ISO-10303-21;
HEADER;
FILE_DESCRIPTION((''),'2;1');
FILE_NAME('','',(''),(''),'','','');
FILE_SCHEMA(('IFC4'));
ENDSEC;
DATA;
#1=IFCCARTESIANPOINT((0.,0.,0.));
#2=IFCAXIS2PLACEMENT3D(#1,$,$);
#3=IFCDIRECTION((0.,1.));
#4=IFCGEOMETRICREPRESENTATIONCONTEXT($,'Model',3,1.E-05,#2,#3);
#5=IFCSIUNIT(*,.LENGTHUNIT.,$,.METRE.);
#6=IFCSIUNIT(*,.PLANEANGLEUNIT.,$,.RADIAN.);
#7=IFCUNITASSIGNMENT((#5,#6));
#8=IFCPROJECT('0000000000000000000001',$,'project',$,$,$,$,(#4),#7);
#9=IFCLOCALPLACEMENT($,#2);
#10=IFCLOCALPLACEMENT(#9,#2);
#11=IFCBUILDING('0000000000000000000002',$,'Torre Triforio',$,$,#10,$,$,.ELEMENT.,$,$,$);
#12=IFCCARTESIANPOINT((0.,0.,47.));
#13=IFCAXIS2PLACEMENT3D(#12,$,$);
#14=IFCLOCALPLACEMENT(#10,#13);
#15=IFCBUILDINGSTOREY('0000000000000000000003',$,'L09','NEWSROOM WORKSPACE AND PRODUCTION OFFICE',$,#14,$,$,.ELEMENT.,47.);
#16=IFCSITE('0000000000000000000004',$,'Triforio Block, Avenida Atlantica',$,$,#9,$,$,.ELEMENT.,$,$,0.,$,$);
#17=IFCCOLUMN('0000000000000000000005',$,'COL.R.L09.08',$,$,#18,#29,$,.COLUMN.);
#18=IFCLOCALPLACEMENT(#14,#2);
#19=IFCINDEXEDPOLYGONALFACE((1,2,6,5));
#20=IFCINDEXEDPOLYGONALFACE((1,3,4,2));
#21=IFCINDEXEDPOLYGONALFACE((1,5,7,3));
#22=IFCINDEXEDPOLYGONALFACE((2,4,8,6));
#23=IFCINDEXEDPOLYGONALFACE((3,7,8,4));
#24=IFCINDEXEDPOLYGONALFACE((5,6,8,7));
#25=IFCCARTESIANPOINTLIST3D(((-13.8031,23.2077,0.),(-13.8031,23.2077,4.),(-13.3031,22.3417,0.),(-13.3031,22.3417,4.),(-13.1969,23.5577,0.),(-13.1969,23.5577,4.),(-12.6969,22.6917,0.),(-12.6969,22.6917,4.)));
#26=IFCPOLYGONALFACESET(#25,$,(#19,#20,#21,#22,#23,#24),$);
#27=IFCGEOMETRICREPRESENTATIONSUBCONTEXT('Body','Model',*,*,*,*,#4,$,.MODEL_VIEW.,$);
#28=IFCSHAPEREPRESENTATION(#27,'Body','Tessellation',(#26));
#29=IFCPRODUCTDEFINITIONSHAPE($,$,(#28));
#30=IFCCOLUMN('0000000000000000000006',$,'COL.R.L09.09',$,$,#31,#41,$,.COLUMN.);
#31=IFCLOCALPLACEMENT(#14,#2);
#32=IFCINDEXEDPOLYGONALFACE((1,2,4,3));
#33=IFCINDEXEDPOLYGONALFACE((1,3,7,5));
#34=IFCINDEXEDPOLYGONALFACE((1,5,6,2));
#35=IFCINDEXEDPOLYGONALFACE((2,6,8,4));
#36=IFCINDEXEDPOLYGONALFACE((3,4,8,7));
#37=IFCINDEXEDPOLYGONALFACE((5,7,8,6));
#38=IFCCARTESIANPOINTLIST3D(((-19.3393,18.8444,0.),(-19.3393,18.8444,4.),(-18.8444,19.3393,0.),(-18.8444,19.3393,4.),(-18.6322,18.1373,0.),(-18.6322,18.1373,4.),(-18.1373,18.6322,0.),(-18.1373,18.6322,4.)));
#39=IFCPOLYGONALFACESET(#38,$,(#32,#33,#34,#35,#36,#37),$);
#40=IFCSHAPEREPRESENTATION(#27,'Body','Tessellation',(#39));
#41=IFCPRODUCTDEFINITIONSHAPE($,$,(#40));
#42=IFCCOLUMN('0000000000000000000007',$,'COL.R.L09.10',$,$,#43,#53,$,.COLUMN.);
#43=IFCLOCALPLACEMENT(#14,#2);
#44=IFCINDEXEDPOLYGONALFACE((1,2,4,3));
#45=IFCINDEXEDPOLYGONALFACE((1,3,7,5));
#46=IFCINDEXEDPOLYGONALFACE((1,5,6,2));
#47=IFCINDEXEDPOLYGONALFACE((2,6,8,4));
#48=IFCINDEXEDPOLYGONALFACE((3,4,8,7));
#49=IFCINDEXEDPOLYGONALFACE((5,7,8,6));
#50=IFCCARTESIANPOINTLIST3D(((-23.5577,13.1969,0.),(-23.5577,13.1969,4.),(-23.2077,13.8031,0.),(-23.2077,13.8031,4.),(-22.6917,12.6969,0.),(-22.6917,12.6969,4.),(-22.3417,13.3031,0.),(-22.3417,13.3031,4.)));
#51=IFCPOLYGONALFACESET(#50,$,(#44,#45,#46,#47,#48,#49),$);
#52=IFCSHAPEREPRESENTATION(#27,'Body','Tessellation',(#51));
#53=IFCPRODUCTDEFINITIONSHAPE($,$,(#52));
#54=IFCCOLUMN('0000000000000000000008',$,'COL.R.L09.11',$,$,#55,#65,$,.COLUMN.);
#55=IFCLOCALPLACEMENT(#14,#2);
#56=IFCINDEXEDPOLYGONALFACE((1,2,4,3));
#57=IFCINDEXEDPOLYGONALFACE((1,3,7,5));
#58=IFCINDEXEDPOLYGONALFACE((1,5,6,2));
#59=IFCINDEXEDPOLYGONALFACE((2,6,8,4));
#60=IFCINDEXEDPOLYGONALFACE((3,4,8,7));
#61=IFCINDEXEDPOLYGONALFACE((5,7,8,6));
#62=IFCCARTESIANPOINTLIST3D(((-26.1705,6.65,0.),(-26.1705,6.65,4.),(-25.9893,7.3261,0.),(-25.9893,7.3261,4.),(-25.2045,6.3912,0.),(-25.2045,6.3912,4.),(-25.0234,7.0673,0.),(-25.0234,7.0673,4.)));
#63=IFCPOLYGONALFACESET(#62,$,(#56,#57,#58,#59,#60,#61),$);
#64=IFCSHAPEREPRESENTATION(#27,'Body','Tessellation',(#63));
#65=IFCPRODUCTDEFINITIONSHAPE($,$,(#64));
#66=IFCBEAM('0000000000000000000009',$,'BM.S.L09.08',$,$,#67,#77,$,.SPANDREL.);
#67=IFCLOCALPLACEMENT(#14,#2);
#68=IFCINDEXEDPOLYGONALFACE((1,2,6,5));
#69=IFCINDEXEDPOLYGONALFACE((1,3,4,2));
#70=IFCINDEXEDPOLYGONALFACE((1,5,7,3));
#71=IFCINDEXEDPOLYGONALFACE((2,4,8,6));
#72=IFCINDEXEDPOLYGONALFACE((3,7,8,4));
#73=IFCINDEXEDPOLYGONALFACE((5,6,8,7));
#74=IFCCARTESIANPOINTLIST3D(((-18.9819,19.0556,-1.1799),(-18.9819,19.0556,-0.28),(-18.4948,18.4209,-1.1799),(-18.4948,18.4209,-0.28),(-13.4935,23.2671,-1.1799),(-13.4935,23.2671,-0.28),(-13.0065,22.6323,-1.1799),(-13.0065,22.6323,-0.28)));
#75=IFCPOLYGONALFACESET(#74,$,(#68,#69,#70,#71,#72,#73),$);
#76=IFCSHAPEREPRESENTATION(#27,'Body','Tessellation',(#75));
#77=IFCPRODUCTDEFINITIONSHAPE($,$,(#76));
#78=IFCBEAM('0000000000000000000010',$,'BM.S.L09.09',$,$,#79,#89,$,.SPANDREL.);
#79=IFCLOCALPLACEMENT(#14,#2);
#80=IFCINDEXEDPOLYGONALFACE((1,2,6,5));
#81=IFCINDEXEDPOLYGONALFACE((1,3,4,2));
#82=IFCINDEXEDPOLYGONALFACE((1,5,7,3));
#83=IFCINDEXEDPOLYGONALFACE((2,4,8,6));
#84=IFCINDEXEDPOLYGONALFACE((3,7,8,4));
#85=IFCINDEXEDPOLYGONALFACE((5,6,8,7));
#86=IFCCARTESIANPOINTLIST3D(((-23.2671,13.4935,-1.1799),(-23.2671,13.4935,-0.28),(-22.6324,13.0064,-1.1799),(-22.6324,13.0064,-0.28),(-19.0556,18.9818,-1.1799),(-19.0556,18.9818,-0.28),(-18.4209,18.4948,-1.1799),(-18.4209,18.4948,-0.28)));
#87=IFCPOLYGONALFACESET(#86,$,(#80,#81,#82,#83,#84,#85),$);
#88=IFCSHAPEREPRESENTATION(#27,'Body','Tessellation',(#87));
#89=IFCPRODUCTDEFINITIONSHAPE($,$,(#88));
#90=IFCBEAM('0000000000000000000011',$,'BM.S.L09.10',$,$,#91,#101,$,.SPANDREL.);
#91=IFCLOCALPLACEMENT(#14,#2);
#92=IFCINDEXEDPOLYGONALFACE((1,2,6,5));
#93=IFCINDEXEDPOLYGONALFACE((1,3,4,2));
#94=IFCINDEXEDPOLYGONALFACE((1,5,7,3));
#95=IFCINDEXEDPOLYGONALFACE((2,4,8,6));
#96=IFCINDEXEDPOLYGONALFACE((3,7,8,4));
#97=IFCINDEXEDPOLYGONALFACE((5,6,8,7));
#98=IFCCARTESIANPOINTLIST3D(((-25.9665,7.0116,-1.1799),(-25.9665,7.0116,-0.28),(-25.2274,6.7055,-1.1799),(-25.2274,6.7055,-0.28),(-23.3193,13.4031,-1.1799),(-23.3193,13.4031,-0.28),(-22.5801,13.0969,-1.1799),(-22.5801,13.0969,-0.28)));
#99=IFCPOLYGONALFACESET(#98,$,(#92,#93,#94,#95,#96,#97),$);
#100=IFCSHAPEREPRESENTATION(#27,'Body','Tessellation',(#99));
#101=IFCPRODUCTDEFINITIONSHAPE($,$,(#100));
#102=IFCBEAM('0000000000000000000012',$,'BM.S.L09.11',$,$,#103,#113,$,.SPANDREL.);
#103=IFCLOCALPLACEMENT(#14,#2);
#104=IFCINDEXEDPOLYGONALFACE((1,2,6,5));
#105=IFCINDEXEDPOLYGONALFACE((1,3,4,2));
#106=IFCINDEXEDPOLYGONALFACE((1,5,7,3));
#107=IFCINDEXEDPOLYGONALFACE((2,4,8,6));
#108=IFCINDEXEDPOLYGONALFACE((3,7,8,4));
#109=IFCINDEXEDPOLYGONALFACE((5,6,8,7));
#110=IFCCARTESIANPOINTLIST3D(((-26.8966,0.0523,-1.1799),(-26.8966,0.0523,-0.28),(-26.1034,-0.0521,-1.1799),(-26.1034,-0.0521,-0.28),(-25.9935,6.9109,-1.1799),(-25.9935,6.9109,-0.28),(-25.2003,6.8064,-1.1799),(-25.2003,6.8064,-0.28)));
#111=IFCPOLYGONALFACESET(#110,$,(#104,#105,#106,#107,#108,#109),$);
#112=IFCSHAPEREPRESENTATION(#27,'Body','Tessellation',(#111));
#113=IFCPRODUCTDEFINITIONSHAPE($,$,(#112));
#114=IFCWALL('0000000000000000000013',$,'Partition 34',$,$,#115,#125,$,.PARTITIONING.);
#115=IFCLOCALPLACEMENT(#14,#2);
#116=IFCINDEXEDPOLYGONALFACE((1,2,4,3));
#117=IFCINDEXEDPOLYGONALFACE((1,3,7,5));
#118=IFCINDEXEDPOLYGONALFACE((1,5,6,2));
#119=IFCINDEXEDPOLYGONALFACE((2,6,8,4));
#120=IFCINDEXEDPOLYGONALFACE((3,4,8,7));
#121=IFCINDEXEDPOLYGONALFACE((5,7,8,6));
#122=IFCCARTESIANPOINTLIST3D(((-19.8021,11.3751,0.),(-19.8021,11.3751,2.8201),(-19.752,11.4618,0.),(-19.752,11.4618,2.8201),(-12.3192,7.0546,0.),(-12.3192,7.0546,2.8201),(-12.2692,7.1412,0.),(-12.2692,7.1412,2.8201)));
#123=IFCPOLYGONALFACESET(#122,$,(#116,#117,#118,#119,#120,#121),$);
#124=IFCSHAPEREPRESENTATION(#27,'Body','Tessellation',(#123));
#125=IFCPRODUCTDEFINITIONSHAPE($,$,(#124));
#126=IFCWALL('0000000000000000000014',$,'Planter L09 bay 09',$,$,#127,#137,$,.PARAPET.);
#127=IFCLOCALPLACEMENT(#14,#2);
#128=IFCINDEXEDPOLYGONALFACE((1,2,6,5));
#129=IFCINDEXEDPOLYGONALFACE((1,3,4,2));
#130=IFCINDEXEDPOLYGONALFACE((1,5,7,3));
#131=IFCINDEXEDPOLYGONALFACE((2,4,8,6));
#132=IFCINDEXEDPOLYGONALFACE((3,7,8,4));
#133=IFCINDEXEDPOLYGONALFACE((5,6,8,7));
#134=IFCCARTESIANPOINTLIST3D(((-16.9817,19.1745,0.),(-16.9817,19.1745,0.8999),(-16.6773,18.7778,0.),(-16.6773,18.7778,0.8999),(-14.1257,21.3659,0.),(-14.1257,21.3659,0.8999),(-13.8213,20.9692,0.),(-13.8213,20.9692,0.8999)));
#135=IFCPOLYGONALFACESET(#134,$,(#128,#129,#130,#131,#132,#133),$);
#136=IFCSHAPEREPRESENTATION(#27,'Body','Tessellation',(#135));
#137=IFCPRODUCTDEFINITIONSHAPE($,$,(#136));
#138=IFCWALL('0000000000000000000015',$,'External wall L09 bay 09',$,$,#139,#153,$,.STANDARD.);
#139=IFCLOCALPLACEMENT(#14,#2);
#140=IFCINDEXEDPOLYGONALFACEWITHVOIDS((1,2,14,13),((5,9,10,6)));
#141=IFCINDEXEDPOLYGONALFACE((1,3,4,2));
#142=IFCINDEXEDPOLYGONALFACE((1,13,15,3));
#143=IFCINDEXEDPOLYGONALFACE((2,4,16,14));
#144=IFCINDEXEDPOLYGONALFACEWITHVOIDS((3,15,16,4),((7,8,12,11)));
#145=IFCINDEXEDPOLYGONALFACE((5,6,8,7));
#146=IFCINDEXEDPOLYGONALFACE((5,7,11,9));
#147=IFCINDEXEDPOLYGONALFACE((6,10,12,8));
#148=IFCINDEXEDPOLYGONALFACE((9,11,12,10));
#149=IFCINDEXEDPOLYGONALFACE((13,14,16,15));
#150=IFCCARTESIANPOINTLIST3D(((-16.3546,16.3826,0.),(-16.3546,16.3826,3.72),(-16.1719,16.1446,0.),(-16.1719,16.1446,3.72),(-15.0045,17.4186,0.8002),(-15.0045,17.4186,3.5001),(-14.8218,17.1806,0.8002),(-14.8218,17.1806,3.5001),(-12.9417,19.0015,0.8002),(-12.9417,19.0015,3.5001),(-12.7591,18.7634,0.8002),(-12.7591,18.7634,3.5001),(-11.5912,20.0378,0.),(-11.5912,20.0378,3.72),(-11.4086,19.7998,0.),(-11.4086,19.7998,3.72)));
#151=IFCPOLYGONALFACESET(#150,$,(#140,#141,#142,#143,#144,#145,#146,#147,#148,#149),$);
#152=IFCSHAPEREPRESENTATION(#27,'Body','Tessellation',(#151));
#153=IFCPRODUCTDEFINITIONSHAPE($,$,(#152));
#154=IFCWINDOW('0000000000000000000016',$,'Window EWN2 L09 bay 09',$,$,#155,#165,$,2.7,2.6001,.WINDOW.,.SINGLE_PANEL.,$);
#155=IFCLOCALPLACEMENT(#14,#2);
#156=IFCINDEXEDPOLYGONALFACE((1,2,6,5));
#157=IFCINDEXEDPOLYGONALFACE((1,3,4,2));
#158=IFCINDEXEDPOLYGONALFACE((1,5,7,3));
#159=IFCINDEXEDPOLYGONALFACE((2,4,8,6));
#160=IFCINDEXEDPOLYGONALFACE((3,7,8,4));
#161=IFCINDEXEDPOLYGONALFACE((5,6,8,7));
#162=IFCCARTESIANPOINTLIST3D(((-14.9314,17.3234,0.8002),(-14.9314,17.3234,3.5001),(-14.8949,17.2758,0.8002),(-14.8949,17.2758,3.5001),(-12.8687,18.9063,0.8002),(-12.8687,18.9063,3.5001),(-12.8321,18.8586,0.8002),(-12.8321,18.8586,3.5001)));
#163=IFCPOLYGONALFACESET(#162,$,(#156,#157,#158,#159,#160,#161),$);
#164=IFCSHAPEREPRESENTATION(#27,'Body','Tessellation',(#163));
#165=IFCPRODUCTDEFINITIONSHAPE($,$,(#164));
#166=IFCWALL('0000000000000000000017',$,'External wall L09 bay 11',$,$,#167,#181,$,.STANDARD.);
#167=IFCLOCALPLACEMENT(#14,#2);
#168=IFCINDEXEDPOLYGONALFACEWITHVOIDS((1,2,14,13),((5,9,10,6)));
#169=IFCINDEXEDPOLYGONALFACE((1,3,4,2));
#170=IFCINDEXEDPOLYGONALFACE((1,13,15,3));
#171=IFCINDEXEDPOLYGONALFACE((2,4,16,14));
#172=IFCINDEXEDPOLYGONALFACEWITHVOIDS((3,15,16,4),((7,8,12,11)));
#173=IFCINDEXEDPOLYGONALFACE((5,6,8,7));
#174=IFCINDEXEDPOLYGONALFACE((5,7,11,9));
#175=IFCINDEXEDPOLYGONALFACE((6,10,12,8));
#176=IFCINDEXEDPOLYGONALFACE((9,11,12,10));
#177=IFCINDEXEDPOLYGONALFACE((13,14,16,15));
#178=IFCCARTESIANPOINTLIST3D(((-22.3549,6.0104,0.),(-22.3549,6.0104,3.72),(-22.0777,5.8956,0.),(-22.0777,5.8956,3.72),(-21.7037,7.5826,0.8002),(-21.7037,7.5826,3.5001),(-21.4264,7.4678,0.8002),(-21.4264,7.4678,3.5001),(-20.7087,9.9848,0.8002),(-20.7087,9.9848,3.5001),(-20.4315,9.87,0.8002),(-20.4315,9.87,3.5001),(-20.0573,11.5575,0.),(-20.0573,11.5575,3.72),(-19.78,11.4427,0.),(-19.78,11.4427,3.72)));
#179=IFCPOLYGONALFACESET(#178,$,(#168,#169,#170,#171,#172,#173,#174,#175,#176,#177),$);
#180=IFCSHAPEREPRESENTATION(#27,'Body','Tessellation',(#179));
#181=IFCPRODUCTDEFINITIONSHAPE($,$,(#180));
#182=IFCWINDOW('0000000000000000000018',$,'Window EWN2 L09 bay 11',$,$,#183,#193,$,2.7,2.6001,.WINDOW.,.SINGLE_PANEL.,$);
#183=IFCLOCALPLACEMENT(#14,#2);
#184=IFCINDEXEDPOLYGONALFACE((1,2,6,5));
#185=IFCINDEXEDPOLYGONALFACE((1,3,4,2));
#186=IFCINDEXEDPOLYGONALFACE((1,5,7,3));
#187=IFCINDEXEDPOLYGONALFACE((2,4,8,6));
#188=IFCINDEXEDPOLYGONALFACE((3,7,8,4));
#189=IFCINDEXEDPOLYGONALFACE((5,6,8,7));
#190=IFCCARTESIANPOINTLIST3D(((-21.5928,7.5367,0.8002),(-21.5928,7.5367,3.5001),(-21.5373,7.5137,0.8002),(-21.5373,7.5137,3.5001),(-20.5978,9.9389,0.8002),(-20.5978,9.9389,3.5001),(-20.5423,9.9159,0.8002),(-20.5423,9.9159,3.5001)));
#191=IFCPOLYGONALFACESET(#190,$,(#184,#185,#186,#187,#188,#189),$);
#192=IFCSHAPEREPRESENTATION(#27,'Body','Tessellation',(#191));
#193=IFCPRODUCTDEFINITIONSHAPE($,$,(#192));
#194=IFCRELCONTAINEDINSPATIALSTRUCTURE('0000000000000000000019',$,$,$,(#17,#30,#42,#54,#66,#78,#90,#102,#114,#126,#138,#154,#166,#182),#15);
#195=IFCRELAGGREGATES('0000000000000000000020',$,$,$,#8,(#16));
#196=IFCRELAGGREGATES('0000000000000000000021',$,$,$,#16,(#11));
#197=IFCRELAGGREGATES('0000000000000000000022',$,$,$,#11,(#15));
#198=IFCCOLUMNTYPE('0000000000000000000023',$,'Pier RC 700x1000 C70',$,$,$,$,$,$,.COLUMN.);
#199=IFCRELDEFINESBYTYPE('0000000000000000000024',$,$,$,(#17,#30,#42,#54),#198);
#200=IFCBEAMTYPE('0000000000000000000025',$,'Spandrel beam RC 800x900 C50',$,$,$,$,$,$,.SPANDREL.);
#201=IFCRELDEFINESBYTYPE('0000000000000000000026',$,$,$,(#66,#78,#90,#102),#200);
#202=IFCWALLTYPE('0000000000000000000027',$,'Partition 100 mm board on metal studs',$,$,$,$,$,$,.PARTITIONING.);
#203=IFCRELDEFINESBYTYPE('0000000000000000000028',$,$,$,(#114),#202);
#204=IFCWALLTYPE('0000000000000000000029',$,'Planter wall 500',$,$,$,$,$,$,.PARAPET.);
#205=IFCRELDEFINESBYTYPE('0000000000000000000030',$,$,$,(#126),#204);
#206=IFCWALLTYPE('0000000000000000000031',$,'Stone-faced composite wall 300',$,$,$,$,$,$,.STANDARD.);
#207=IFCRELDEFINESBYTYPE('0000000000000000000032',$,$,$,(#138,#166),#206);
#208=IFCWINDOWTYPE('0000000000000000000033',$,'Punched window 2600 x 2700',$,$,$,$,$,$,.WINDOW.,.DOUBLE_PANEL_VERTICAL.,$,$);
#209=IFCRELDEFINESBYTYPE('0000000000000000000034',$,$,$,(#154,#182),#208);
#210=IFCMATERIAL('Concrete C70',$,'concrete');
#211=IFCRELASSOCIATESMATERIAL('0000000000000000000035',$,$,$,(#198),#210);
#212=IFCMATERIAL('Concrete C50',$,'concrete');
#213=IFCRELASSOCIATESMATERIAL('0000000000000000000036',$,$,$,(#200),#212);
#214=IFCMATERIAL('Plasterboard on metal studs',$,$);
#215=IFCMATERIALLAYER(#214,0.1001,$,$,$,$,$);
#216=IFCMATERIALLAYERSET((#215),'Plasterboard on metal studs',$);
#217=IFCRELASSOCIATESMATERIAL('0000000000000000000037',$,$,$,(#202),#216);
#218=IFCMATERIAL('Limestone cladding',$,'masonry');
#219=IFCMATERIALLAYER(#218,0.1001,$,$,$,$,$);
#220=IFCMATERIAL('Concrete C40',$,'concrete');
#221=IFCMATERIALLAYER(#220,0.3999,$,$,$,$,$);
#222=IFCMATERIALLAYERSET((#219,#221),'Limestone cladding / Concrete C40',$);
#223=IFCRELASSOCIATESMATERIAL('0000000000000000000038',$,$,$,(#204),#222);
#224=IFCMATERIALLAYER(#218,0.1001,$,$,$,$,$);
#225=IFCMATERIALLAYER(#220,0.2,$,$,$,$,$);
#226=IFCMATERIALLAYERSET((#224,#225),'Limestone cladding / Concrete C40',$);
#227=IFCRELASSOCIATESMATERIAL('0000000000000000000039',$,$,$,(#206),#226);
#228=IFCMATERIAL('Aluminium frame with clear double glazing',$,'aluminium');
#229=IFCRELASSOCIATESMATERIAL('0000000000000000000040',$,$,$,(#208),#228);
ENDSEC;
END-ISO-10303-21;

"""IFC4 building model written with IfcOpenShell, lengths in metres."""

from ifc_helpers import new_model, si_unit, direction, frame, frame_2d, origin, origin_2d, place, context, subcontext, project, spatial, rectangle, extrude, material, layer, layer_set, material_profile, profile_set, type_object, element, fill, save


model = new_model("IFC4")

# Units and contexts
model_context = context("Model", 3, precision=1e-05, world=origin(), true_north=direction((0.0, 1.0)))
body_context = subcontext(model_context, "Body", "Model", "MODEL_VIEW")
ifc_project = project(units=[si_unit("LENGTHUNIT", "METRE"), si_unit("PLANEANGLEUNIT", "RADIAN")], contexts=[model_context])

# Site, building, storey
site_placement = place(None, origin())
site = spatial("IfcSite", under=ifc_project, at=site_placement, Name="Triforio Block, Avenida Atlantica", CompositionType="ELEMENT", RefElevation=0.0)
building_placement = place(site_placement, origin())
building = spatial("IfcBuilding", under=site, at=building_placement, Name="Torre Triforio", CompositionType="ELEMENT")
storey_placement = place(building_placement, frame((0.0, 0.0, 47.0)))
storey = spatial("IfcBuildingStorey", under=building, at=storey_placement, Name="L09", Description="NEWSROOM WORKSPACE AND PRODUCTION OFFICE", CompositionType="ELEMENT", Elevation=47.0)

# Columns
ifc_material_1 = material(Name="Concrete C70", Category="concrete")
ifc_material_profile_1 = material_profile(ifc_material_1, rectangle(XDim=0.7, YDim=1.0, at=origin_2d()), Name="RC 700x1000")
ifc_profile_set_1 = profile_set([ifc_material_profile_1], Name="Concrete C70")
column_type = type_object("IfcColumnType", Name="Pier RC 700x1000 C70", PredefinedType="COLUMN", material=ifc_profile_set_1)
for number, where, z_axis, x_axis, name in (
    (1, (-13.25, 22.9497, 0.0), (0.0, 0.0, 1.0), (-0.866025, -0.5, 0.0), "COL.R.L09.08"),
    (2, (-18.7383, 18.7383, 0.0), (0.0, 0.0, 1.0), (-0.707107, -0.707107, 0.0), "COL.R.L09.09"),
    (3, (-22.9497, 13.25, 0.0), (0.0, 0.0, 1.0), (-0.5, -0.866025, 0.0), "COL.R.L09.10"),
    (4, (-25.5969, 6.8586, 0.0), (0.0, 0.0, 1.0), (-0.258819, -0.965926, 0.0), "COL.R.L09.11"),
):
    element("IfcColumn", number, at=place(storey_placement, frame(where, z_axis=z_axis, x_axis=x_axis)), inside=storey, type_object=column_type, Name=name, PredefinedType="COLUMN", context=body_context, shape_type="SweptSolid", body=[
        extrude(rectangle(XDim=0.7, YDim=1.0, at=origin_2d()), origin(), (0.0, 0.0, 1.0), 4.0),
    ])

# Beams
ifc_material_2 = material(Name="Concrete C50", Category="concrete")
ifc_material_profile_2 = material_profile(ifc_material_2, rectangle(XDim=0.8, YDim=0.8999, at=origin_2d()), Name="RC 800x900")
ifc_profile_set_2 = profile_set([ifc_material_profile_2], Name="Concrete C50")
beam_type = type_object("IfcBeamType", Name="Spandrel beam RC 800x900 C50", PredefinedType="SPANDREL", material=ifc_profile_set_2)
for number, where, z_axis, x_axis, name in (
    (5, (-13.25, 22.9497, -0.73), (-0.793345, -0.608772, 0.0), (0.608772, -0.793345, 0.0), "BM.S.L09.08"),
    (6, (-18.7383, 18.7383, -0.73), (-0.608772, -0.793345, 0.0), (0.793345, -0.608772, 0.0), "BM.S.L09.09"),
    (7, (-22.9497, 13.25, -0.73), (-0.382662, -0.923888, 0.0), (0.923888, -0.382662, 0.0), "BM.S.L09.10"),
):
    element("IfcBeam", number, at=place(storey_placement, frame(where, z_axis=z_axis, x_axis=x_axis)), inside=storey, type_object=beam_type, Name=name, PredefinedType="SPANDREL", context=body_context, shape_type="SweptSolid", body=[
        extrude(rectangle(XDim=0.8, YDim=0.8999, at=origin_2d()), origin(), (0.0, 0.0, 1.0), 6.918),
    ])
beam_placement = place(storey_placement, frame((-25.5969, 6.8586, -0.73), z_axis=(-0.130543, -0.991443, 0.0), x_axis=(0.991443, -0.130543, 0.0)))
element("IfcBeam", 8, at=beam_placement, inside=storey, type_object=beam_type, Name="BM.S.L09.11", PredefinedType="SPANDREL", context=body_context, shape_type="SweptSolid", body=[
    extrude(rectangle(XDim=0.8, YDim=0.8999, at=origin_2d()), origin(), (0.0, 0.0, 1.0), 6.9177),
])

# Walls
ifc_material_3 = material(Name="Plasterboard on metal studs")
ifc_layer_1 = layer(ifc_material_3, 0.1001)
ifc_layer_set_1 = layer_set([ifc_layer_1], Name="Plasterboard on metal studs")
wall_type_1 = type_object("IfcWallType", Name="Partition 100 mm board on metal studs", PredefinedType="PARTITIONING", material=ifc_layer_set_1)
wall_1_placement = place(storey_placement, frame((-12.2942, 7.0979, 0.0), z_axis=(0.0, 0.0, 1.0), x_axis=(-0.866011, 0.500026, 0.0)))
element("IfcWall", 9, at=wall_1_placement, inside=storey, type_object=wall_type_1, Name="Partition 34", PredefinedType="PARTITIONING", context=body_context, shape_type="SweptSolid", body=[
    extrude(rectangle(XDim=8.6406, YDim=0.1001, at=frame_2d((4.3203, 0.0))), origin(), (0.0, 0.0, 1.0), 2.8201),
])
ifc_material_4 = material(Name="Limestone cladding", Category="masonry")
ifc_layer_2 = layer(ifc_material_4, 0.1001)
ifc_material_5 = material(Name="Concrete C40", Category="concrete")
ifc_layer_3 = layer(ifc_material_5, 0.3999)
ifc_layer_set_2 = layer_set([ifc_layer_2, ifc_layer_3], Name="Limestone cladding / Concrete C40")
wall_type_2 = type_object("IfcWallType", Name="Planter wall 500", PredefinedType="PARAPET", material=ifc_layer_set_2)
wall_2_placement = place(storey_placement, frame((-13.9736, 21.1675, 0.0), z_axis=(0.0, 0.0, 1.0), x_axis=(-0.79336, -0.608753, 0.0)))
element("IfcWall", 10, at=wall_2_placement, inside=storey, type_object=wall_type_2, Name="Planter L09 bay 09", PredefinedType="PARAPET", context=body_context, shape_type="SweptSolid", body=[
    extrude(rectangle(XDim=3.5999, YDim=0.5, at=frame_2d((1.7998, 0.0))), origin(), (0.0, 0.0, 1.0), 0.8999),
])

# Wall, opening, window
ifc_layer_4 = layer(ifc_material_4, 0.1001)
ifc_layer_5 = layer(ifc_material_5, 0.2)
ifc_layer_set_3 = layer_set([ifc_layer_4, ifc_layer_5], Name="Limestone cladding / Concrete C40")
wall_type_3 = type_object("IfcWallType", Name="Stone-faced composite wall 300", PredefinedType="STANDARD", material=ifc_layer_set_3)
wall_3_placement = place(storey_placement, frame((-11.5, 19.9187, 0.0), z_axis=(0.0, 0.0, 1.0), x_axis=(-0.79334, -0.608779, 0.0)))
wall_3 = element("IfcWall", 11, at=wall_3_placement, inside=storey, type_object=wall_type_3, Name="External wall L09 bay 09", PredefinedType="STANDARD", context=body_context, shape_type="SweptSolid", body=[
    extrude(rectangle(XDim=6.0042, YDim=0.3, at=frame_2d((3.002, 0.0))), origin(), (0.0, 0.0, 1.0), 3.72),
])
opening_1_placement = place(wall_3_placement, frame((1.7021, 0.0, 0.8)))
opening_1 = element("IfcOpeningElement", 12, at=opening_1_placement, cuts=wall_3, PredefinedType="OPENING", context=body_context, shape_type="SweptSolid", body=[
    extrude(rectangle(XDim=2.6001, YDim=2.7, at=frame_2d((1.3, 1.3501))), frame((0.0, 0.1599, 0.0), z_axis=(0.0, -1.0, 0.0), x_axis=(1.0, 0.0, 0.0)), (0.0, 0.0, 1.0), 0.3201),
])
ifc_material_6 = material(Name="Aluminium frame with clear double glazing", Category="aluminium")
window_type_1 = type_object("IfcWindowType", Name="Punched window 2600 x 2700", PartitioningType="DOUBLE_PANEL_VERTICAL", PredefinedType="WINDOW", material=ifc_material_6)
window_1_placement = place(opening_1_placement, origin())
window_1 = element("IfcWindow", 13, at=window_1_placement, inside=storey, type_object=window_type_1, Name="Window EWN2 L09 bay 09", OverallHeight=2.7, OverallWidth=2.6001, PartitioningType="SINGLE_PANEL", PredefinedType="WINDOW", context=body_context, shape_type="SweptSolid", body=[
    extrude(rectangle(XDim=2.6001, YDim=2.7, at=frame_2d((1.3, 1.3501))), frame((0.0, 0.03, 0.0), z_axis=(0.0, -1.0, 0.0), x_axis=(1.0, 0.0, 0.0)), (0.0, 0.0, 1.0), 0.0601),
])
fill(opening_1, window_1)

# Wall, opening, window
wall_4_placement = place(storey_placement, frame((-19.9187, 11.5, 0.0), z_axis=(0.0, 0.0, 1.0), x_axis=(-0.382671, -0.923885, 0.0)))
wall_4 = element("IfcWall", 14, at=wall_4_placement, inside=storey, type_object=wall_type_3, Name="External wall L09 bay 11", PredefinedType="STANDARD", context=body_context, shape_type="SweptSolid", body=[
    extrude(rectangle(XDim=6.0042, YDim=0.3, at=frame_2d((3.002, 0.0))), origin(), (0.0, 0.0, 1.0), 3.72),
])
opening_2_placement = place(wall_4_placement, frame((1.7021, 0.0, 0.8)))
opening_2 = element("IfcOpeningElement", 15, at=opening_2_placement, cuts=wall_4, PredefinedType="OPENING", context=body_context, shape_type="SweptSolid", body=[
    extrude(rectangle(XDim=2.6001, YDim=2.7, at=frame_2d((1.3, 1.3501))), frame((0.0, 0.1599, 0.0), z_axis=(0.0, -1.0, 0.0), x_axis=(1.0, 0.0, 0.0)), (0.0, 0.0, 1.0), 0.3201),
])
window_2_placement = place(opening_2_placement, origin())
window_2 = element("IfcWindow", 16, at=window_2_placement, inside=storey, type_object=window_type_1, Name="Window EWN2 L09 bay 11", OverallHeight=2.7, OverallWidth=2.6001, PartitioningType="SINGLE_PANEL", PredefinedType="WINDOW", context=body_context, shape_type="SweptSolid", body=[
    extrude(rectangle(XDim=2.6001, YDim=2.7, at=frame_2d((1.3, 1.3501))), frame((0.0, 0.03, 0.0), z_axis=(0.0, -1.0, 0.0), x_axis=(1.0, 0.0, 0.0)), (0.0, 0.0, 1.0), 0.0601),
])
fill(opening_2, window_2)

save(model, "model.ifc")
